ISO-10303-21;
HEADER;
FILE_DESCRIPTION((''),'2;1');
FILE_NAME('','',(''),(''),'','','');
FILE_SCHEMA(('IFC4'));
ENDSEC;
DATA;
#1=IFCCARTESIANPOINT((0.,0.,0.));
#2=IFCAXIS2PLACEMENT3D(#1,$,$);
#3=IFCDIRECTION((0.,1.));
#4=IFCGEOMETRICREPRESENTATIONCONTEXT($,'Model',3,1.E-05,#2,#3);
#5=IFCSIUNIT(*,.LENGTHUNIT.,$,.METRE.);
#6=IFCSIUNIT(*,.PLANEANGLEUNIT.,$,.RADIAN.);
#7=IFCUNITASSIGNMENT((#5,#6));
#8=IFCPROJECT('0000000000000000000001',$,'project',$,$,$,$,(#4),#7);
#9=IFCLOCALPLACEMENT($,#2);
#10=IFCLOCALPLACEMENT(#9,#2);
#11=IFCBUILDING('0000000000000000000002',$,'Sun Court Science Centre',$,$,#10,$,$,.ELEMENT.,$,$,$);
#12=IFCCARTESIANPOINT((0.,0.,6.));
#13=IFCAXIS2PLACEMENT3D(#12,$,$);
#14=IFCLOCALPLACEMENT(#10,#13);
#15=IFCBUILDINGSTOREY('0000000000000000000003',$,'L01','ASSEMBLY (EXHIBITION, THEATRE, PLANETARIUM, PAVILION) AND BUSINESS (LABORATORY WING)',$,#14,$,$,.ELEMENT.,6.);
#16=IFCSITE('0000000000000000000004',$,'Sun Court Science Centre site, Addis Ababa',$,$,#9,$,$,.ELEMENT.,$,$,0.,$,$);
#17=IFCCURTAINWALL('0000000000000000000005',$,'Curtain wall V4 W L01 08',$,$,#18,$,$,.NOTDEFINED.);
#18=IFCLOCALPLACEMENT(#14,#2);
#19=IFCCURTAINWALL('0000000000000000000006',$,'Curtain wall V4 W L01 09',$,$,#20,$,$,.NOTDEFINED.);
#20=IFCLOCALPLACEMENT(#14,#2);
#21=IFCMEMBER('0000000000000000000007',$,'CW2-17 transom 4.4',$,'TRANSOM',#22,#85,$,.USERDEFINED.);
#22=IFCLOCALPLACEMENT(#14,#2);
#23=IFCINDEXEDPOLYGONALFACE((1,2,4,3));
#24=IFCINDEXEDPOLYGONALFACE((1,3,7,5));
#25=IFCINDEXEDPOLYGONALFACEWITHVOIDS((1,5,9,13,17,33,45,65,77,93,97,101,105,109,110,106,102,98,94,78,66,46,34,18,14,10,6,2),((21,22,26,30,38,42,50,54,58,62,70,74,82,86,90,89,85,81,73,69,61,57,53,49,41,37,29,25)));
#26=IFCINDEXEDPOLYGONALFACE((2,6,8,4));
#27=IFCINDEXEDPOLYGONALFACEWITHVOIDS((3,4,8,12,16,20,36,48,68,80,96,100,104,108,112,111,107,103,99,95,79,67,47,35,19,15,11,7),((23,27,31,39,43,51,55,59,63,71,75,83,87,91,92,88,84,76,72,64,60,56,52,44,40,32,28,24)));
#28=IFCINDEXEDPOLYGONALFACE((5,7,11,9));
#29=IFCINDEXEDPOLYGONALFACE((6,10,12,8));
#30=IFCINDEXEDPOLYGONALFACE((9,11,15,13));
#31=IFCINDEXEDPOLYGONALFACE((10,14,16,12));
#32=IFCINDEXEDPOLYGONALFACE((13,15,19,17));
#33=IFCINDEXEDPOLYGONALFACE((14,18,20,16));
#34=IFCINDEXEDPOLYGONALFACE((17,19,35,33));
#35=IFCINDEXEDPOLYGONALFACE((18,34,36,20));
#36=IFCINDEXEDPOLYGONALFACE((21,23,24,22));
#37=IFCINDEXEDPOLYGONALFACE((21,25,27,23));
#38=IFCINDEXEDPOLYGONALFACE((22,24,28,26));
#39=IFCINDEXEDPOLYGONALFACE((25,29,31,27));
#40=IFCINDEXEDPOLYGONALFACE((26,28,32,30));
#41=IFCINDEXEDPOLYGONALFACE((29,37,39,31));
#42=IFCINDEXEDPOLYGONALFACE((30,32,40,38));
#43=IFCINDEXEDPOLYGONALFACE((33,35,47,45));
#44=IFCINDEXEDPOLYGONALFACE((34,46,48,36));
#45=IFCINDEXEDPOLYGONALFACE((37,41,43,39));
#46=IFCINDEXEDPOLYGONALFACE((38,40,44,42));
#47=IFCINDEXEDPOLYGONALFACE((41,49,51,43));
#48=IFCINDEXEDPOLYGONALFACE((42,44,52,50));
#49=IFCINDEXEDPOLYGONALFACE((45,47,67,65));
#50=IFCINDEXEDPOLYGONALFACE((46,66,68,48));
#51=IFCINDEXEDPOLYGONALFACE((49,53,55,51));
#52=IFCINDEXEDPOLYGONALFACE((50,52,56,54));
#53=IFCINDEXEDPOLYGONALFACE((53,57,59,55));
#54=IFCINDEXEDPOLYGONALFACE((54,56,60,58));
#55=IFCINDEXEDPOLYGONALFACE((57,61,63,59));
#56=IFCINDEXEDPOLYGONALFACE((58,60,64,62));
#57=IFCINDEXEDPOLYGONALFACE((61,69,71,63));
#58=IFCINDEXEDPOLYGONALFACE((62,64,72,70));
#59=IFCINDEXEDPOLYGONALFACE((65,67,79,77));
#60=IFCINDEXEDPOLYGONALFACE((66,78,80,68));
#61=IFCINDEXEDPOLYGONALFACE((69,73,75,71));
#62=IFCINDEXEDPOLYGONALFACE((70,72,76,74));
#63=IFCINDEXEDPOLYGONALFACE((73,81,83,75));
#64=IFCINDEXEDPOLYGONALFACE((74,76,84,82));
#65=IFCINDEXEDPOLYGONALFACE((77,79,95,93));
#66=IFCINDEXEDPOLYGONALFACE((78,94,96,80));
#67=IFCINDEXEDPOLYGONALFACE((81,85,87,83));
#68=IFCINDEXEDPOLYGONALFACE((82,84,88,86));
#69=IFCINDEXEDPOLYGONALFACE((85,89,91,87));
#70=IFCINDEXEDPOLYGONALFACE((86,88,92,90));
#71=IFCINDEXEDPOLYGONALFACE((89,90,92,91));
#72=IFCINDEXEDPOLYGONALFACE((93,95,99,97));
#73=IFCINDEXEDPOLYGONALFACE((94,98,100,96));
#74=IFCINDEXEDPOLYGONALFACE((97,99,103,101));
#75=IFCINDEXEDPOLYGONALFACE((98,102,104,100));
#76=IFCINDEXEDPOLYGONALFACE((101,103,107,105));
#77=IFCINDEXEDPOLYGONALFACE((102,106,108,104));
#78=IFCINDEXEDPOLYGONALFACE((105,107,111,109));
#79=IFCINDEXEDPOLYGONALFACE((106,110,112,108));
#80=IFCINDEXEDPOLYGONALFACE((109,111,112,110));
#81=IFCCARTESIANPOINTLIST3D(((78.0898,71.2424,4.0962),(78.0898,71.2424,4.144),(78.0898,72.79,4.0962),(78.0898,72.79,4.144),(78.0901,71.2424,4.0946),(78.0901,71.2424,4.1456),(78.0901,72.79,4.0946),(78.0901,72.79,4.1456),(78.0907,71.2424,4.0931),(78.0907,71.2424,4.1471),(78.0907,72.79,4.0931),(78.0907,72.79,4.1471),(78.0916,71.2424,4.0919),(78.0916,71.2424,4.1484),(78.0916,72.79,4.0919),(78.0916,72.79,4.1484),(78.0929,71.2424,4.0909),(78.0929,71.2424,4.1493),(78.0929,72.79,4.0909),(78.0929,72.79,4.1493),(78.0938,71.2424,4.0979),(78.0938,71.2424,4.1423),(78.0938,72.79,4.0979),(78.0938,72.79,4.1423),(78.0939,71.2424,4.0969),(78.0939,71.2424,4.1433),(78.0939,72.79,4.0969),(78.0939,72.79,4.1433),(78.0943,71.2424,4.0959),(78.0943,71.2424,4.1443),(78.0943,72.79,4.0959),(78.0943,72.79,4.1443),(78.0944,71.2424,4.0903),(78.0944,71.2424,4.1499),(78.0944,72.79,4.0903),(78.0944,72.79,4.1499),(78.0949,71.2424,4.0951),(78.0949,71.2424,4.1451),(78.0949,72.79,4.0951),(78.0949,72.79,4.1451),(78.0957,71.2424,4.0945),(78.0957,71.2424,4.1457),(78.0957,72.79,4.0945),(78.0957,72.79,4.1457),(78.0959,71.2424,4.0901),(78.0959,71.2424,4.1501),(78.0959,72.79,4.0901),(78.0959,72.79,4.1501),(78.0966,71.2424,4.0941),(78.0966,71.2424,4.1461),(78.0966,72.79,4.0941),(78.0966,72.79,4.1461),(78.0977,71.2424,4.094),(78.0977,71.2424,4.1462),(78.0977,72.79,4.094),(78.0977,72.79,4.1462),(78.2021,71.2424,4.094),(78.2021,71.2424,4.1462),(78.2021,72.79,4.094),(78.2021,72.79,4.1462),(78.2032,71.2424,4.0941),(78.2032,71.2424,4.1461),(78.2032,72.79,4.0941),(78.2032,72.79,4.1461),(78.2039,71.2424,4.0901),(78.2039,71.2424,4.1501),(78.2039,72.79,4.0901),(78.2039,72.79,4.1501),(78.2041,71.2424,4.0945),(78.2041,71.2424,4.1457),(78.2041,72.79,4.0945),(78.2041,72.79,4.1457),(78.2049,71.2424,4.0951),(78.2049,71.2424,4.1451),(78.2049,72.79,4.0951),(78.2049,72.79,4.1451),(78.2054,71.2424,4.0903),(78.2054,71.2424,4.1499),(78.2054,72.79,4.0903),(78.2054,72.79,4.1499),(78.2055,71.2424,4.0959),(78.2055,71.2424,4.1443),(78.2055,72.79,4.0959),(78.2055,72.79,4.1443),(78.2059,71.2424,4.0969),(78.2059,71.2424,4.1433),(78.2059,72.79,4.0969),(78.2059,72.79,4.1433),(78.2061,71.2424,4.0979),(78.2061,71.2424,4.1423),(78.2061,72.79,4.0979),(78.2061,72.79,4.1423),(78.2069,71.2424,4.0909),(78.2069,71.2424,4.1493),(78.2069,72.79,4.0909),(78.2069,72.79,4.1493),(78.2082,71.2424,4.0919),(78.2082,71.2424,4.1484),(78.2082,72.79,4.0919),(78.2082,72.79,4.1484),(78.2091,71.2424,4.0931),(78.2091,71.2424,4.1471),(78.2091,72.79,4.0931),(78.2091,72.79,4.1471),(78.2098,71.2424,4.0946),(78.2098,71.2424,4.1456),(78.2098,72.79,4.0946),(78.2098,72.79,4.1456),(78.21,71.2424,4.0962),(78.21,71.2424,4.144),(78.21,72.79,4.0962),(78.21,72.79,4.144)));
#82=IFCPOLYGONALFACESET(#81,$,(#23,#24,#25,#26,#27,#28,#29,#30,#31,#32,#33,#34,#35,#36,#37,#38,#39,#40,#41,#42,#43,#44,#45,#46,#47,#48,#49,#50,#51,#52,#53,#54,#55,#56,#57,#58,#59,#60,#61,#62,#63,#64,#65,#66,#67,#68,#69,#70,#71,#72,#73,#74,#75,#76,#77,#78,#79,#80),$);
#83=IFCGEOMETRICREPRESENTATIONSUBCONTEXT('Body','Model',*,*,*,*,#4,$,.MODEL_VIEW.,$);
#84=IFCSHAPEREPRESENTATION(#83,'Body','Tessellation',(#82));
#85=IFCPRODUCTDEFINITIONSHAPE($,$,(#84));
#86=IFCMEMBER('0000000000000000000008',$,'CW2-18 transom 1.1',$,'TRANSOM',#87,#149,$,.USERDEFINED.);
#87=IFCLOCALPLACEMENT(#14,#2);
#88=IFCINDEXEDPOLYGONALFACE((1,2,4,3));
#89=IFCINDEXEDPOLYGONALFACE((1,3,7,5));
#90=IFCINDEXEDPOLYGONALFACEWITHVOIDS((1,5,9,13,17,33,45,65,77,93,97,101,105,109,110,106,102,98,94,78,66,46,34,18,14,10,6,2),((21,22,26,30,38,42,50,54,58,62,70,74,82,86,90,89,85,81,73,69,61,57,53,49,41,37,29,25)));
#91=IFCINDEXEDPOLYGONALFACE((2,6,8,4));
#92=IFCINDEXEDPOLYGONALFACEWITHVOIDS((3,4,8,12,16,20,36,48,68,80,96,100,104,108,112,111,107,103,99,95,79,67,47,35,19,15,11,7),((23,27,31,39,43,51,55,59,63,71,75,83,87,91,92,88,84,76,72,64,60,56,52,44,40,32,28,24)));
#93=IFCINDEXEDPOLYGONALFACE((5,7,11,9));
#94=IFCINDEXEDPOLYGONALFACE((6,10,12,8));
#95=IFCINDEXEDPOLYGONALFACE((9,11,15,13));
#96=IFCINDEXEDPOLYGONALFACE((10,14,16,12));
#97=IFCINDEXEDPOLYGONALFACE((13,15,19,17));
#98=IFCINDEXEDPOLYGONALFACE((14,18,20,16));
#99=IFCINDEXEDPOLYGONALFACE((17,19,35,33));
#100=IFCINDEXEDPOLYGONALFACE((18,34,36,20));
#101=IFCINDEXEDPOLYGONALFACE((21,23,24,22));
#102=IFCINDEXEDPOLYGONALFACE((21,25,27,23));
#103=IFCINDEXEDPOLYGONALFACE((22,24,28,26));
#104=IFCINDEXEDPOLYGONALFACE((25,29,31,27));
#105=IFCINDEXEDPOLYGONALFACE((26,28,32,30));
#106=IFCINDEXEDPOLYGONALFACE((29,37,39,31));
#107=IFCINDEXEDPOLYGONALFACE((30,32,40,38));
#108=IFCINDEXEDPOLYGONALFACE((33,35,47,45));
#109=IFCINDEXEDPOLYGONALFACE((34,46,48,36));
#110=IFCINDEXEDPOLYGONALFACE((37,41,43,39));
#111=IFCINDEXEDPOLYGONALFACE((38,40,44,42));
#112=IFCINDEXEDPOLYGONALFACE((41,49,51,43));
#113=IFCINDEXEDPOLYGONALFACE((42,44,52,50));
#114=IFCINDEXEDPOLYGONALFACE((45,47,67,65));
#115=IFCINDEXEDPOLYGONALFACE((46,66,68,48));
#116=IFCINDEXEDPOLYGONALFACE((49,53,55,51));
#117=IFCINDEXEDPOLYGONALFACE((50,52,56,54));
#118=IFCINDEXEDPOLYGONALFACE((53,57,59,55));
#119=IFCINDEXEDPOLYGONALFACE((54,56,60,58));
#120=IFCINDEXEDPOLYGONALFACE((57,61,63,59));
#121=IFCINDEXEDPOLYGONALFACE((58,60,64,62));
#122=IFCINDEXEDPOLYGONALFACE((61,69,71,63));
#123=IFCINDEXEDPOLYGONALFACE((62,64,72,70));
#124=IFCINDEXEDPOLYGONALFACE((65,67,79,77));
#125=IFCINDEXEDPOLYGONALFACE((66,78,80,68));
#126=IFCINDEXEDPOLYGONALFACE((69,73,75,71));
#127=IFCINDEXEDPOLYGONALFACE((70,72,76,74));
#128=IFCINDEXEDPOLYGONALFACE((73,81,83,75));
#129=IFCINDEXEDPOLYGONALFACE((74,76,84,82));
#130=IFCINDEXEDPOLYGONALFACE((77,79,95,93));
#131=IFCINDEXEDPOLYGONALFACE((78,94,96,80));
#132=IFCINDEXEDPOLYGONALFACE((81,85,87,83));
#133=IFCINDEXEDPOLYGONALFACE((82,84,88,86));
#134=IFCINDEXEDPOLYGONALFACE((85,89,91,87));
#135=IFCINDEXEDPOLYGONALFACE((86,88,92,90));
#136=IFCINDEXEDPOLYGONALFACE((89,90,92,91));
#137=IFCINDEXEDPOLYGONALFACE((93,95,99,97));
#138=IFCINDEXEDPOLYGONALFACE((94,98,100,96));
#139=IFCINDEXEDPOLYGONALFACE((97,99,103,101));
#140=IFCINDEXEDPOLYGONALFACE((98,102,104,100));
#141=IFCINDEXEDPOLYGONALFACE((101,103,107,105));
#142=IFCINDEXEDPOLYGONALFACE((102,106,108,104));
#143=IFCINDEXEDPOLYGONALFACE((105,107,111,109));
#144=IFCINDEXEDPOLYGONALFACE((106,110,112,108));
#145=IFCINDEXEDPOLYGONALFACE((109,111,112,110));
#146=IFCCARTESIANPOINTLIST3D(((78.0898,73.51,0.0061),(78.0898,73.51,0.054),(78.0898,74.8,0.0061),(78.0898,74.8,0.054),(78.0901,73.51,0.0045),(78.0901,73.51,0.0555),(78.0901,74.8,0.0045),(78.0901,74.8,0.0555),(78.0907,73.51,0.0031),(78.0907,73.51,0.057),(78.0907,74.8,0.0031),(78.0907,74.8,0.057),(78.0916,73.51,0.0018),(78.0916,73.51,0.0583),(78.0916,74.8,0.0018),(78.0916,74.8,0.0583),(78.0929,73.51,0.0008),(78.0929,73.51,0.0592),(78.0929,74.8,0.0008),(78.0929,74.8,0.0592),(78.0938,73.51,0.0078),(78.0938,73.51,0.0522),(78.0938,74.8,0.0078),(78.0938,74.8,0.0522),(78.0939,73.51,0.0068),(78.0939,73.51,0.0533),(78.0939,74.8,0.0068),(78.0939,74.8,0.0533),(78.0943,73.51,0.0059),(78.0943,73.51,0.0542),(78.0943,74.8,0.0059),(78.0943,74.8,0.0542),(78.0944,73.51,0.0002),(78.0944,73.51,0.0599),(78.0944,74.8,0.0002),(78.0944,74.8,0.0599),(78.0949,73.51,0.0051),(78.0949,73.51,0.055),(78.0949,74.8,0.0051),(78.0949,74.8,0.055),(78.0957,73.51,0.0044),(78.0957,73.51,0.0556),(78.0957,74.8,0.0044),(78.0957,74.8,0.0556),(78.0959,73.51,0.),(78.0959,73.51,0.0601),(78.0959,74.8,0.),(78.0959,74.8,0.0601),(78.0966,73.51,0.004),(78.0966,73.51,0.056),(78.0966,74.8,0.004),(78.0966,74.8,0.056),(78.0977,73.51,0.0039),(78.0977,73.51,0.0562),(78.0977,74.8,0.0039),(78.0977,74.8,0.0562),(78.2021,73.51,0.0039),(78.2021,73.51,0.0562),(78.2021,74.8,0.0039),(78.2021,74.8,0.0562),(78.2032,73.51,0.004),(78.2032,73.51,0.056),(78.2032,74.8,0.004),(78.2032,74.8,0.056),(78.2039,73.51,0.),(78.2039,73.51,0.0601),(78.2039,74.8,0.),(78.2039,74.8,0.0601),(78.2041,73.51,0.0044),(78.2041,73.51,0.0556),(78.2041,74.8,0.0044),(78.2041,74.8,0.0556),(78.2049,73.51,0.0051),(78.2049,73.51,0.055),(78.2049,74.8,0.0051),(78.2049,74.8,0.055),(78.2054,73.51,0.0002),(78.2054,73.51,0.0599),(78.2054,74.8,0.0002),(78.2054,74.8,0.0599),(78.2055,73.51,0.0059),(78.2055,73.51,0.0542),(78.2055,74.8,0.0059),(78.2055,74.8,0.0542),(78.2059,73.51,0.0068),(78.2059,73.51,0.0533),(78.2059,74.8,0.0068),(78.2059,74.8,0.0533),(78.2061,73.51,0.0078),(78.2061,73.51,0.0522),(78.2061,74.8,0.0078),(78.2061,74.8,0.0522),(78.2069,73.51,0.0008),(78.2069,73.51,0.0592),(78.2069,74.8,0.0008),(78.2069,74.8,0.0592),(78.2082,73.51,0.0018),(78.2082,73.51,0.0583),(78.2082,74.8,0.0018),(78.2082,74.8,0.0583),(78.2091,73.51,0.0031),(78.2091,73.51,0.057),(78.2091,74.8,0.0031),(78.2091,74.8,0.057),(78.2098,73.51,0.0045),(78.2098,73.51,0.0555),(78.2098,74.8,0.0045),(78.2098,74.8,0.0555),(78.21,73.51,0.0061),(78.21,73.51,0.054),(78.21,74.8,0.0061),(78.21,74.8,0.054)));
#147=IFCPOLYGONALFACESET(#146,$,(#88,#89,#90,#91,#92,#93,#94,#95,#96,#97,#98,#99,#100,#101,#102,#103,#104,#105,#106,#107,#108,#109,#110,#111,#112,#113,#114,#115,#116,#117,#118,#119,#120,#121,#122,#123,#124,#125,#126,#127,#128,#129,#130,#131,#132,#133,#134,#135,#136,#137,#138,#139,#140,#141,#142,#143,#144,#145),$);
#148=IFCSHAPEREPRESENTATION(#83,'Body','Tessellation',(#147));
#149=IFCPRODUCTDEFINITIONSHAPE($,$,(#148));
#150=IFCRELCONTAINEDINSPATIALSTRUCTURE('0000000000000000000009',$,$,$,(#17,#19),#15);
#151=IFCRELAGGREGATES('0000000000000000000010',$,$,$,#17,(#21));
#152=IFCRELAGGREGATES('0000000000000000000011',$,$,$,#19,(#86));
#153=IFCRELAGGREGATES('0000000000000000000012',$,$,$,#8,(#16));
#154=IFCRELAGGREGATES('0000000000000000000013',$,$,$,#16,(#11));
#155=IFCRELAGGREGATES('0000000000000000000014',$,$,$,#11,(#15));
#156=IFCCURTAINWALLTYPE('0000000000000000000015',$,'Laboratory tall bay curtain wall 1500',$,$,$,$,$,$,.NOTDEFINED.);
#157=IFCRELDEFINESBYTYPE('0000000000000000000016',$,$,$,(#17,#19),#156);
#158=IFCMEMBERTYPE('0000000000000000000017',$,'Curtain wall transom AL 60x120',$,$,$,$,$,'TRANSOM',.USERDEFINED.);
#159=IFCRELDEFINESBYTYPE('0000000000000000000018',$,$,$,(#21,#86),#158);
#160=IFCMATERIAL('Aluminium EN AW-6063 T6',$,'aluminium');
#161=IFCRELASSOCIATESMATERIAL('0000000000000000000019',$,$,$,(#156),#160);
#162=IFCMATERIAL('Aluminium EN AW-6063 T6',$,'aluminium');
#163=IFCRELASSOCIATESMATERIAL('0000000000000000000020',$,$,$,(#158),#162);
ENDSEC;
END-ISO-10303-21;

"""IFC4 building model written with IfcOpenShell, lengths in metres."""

from ifc_helpers import new_model, si_unit, direction, frame, origin, origin_2d, place, context, subcontext, project, spatial, hollow_rectangle, extrude, material, material_profile, profile_set, type_object, element, aggregate, save


model = new_model("IFC4")

# Units and contexts
model_context = context("Model", 3, precision=1e-05, world=origin(), true_north=direction((0.0, 1.0)))
body_context = subcontext(model_context, "Body", "Model", "MODEL_VIEW")
ifc_project = project(units=[si_unit("LENGTHUNIT", "METRE"), si_unit("PLANEANGLEUNIT", "RADIAN")], contexts=[model_context])

# Site, building, storey
site_placement = place(None, origin())
site = spatial("IfcSite", under=ifc_project, at=site_placement, Name="Sun Court Science Centre site, Addis Ababa", CompositionType="ELEMENT", RefElevation=0.0)
building_placement = place(site_placement, origin())
building = spatial("IfcBuilding", under=site, at=building_placement, Name="Sun Court Science Centre", CompositionType="ELEMENT")
storey_placement = place(building_placement, frame((0.0, 0.0, 6.0)))
storey = spatial("IfcBuildingStorey", under=building, at=storey_placement, Name="L01", Description="ASSEMBLY (EXHIBITION, THEATRE, PLANETARIUM, PAVILION) AND BUSINESS (LABORATORY WING)", CompositionType="ELEMENT", Elevation=6.0)

# Curtain wall
ifc_material_1 = material(Name="Aluminium EN AW-6063 T6", Category="aluminium")
curtain_wall_type = type_object("IfcCurtainWallType", Name="Laboratory tall bay curtain wall 1500", PredefinedType="NOTDEFINED", material=ifc_material_1)
curtain_wall_1_placement = place(storey_placement, origin())
curtain_wall_1 = element("IfcCurtainWall", 1, at=curtain_wall_1_placement, inside=storey, type_object=curtain_wall_type, Name="Curtain wall V4 W L01 08", PredefinedType="NOTDEFINED")

# Curtain wall
curtain_wall_2_placement = place(storey_placement, origin())
curtain_wall_2 = element("IfcCurtainWall", 2, at=curtain_wall_2_placement, inside=storey, type_object=curtain_wall_type, Name="Curtain wall V4 W L01 09", PredefinedType="NOTDEFINED")

# Members
ifc_material_2 = material(Name="Aluminium EN AW-6063 T6", Category="aluminium")
ifc_material_profile_1 = material_profile(ifc_material_2, hollow_rectangle(XDim=0.0601, YDim=0.1201, WallThickness=0.0039, InnerFilletRadius=0.0039, OuterFilletRadius=0.0061, at=origin_2d()), Name="AL 60x120x4")
ifc_profile_set_1 = profile_set([ifc_material_profile_1], Name="Aluminium EN AW-6063 T6")
member_type_1 = type_object("IfcMemberType", Name="Curtain wall transom AL 60x120", ElementType="TRANSOM", PredefinedType="USERDEFINED", material=ifc_profile_set_1)
member_1_placement = place(storey_placement, frame((78.1499, 71.2424, 4.1201), z_axis=(0.0, 1.0, 0.0), x_axis=(0.0, 0.0, 1.0)))
member_1 = element("IfcMember", 3, at=member_1_placement, type_object=member_type_1, Name="CW2-17 transom 4.4", ObjectType="TRANSOM", PredefinedType="USERDEFINED", context=body_context, shape_type="SweptSolid", body=[
    extrude(hollow_rectangle(XDim=0.0601, YDim=0.1201, WallThickness=0.0039, InnerFilletRadius=0.0039, OuterFilletRadius=0.0061, at=origin_2d()), origin(), (0.0, 0.0, 1.0), 1.5476),
])
member_2_placement = place(storey_placement, frame((78.1499, 73.51, 0.03), z_axis=(0.0, 1.0, 0.0), x_axis=(0.0, 0.0, 1.0)))
member_2 = element("IfcMember", 4, at=member_2_placement, type_object=member_type_1, Name="CW2-18 transom 1.1", ObjectType="TRANSOM", PredefinedType="USERDEFINED", context=body_context, shape_type="SweptSolid", body=[
    extrude(hollow_rectangle(XDim=0.0601, YDim=0.1201, WallThickness=0.0039, InnerFilletRadius=0.0039, OuterFilletRadius=0.0061, at=origin_2d()), origin(), (0.0, 0.0, 1.0), 1.29),
])

aggregate(curtain_wall_1, [member_1])
aggregate(curtain_wall_2, [member_2])

save(model, "model.ifc")
